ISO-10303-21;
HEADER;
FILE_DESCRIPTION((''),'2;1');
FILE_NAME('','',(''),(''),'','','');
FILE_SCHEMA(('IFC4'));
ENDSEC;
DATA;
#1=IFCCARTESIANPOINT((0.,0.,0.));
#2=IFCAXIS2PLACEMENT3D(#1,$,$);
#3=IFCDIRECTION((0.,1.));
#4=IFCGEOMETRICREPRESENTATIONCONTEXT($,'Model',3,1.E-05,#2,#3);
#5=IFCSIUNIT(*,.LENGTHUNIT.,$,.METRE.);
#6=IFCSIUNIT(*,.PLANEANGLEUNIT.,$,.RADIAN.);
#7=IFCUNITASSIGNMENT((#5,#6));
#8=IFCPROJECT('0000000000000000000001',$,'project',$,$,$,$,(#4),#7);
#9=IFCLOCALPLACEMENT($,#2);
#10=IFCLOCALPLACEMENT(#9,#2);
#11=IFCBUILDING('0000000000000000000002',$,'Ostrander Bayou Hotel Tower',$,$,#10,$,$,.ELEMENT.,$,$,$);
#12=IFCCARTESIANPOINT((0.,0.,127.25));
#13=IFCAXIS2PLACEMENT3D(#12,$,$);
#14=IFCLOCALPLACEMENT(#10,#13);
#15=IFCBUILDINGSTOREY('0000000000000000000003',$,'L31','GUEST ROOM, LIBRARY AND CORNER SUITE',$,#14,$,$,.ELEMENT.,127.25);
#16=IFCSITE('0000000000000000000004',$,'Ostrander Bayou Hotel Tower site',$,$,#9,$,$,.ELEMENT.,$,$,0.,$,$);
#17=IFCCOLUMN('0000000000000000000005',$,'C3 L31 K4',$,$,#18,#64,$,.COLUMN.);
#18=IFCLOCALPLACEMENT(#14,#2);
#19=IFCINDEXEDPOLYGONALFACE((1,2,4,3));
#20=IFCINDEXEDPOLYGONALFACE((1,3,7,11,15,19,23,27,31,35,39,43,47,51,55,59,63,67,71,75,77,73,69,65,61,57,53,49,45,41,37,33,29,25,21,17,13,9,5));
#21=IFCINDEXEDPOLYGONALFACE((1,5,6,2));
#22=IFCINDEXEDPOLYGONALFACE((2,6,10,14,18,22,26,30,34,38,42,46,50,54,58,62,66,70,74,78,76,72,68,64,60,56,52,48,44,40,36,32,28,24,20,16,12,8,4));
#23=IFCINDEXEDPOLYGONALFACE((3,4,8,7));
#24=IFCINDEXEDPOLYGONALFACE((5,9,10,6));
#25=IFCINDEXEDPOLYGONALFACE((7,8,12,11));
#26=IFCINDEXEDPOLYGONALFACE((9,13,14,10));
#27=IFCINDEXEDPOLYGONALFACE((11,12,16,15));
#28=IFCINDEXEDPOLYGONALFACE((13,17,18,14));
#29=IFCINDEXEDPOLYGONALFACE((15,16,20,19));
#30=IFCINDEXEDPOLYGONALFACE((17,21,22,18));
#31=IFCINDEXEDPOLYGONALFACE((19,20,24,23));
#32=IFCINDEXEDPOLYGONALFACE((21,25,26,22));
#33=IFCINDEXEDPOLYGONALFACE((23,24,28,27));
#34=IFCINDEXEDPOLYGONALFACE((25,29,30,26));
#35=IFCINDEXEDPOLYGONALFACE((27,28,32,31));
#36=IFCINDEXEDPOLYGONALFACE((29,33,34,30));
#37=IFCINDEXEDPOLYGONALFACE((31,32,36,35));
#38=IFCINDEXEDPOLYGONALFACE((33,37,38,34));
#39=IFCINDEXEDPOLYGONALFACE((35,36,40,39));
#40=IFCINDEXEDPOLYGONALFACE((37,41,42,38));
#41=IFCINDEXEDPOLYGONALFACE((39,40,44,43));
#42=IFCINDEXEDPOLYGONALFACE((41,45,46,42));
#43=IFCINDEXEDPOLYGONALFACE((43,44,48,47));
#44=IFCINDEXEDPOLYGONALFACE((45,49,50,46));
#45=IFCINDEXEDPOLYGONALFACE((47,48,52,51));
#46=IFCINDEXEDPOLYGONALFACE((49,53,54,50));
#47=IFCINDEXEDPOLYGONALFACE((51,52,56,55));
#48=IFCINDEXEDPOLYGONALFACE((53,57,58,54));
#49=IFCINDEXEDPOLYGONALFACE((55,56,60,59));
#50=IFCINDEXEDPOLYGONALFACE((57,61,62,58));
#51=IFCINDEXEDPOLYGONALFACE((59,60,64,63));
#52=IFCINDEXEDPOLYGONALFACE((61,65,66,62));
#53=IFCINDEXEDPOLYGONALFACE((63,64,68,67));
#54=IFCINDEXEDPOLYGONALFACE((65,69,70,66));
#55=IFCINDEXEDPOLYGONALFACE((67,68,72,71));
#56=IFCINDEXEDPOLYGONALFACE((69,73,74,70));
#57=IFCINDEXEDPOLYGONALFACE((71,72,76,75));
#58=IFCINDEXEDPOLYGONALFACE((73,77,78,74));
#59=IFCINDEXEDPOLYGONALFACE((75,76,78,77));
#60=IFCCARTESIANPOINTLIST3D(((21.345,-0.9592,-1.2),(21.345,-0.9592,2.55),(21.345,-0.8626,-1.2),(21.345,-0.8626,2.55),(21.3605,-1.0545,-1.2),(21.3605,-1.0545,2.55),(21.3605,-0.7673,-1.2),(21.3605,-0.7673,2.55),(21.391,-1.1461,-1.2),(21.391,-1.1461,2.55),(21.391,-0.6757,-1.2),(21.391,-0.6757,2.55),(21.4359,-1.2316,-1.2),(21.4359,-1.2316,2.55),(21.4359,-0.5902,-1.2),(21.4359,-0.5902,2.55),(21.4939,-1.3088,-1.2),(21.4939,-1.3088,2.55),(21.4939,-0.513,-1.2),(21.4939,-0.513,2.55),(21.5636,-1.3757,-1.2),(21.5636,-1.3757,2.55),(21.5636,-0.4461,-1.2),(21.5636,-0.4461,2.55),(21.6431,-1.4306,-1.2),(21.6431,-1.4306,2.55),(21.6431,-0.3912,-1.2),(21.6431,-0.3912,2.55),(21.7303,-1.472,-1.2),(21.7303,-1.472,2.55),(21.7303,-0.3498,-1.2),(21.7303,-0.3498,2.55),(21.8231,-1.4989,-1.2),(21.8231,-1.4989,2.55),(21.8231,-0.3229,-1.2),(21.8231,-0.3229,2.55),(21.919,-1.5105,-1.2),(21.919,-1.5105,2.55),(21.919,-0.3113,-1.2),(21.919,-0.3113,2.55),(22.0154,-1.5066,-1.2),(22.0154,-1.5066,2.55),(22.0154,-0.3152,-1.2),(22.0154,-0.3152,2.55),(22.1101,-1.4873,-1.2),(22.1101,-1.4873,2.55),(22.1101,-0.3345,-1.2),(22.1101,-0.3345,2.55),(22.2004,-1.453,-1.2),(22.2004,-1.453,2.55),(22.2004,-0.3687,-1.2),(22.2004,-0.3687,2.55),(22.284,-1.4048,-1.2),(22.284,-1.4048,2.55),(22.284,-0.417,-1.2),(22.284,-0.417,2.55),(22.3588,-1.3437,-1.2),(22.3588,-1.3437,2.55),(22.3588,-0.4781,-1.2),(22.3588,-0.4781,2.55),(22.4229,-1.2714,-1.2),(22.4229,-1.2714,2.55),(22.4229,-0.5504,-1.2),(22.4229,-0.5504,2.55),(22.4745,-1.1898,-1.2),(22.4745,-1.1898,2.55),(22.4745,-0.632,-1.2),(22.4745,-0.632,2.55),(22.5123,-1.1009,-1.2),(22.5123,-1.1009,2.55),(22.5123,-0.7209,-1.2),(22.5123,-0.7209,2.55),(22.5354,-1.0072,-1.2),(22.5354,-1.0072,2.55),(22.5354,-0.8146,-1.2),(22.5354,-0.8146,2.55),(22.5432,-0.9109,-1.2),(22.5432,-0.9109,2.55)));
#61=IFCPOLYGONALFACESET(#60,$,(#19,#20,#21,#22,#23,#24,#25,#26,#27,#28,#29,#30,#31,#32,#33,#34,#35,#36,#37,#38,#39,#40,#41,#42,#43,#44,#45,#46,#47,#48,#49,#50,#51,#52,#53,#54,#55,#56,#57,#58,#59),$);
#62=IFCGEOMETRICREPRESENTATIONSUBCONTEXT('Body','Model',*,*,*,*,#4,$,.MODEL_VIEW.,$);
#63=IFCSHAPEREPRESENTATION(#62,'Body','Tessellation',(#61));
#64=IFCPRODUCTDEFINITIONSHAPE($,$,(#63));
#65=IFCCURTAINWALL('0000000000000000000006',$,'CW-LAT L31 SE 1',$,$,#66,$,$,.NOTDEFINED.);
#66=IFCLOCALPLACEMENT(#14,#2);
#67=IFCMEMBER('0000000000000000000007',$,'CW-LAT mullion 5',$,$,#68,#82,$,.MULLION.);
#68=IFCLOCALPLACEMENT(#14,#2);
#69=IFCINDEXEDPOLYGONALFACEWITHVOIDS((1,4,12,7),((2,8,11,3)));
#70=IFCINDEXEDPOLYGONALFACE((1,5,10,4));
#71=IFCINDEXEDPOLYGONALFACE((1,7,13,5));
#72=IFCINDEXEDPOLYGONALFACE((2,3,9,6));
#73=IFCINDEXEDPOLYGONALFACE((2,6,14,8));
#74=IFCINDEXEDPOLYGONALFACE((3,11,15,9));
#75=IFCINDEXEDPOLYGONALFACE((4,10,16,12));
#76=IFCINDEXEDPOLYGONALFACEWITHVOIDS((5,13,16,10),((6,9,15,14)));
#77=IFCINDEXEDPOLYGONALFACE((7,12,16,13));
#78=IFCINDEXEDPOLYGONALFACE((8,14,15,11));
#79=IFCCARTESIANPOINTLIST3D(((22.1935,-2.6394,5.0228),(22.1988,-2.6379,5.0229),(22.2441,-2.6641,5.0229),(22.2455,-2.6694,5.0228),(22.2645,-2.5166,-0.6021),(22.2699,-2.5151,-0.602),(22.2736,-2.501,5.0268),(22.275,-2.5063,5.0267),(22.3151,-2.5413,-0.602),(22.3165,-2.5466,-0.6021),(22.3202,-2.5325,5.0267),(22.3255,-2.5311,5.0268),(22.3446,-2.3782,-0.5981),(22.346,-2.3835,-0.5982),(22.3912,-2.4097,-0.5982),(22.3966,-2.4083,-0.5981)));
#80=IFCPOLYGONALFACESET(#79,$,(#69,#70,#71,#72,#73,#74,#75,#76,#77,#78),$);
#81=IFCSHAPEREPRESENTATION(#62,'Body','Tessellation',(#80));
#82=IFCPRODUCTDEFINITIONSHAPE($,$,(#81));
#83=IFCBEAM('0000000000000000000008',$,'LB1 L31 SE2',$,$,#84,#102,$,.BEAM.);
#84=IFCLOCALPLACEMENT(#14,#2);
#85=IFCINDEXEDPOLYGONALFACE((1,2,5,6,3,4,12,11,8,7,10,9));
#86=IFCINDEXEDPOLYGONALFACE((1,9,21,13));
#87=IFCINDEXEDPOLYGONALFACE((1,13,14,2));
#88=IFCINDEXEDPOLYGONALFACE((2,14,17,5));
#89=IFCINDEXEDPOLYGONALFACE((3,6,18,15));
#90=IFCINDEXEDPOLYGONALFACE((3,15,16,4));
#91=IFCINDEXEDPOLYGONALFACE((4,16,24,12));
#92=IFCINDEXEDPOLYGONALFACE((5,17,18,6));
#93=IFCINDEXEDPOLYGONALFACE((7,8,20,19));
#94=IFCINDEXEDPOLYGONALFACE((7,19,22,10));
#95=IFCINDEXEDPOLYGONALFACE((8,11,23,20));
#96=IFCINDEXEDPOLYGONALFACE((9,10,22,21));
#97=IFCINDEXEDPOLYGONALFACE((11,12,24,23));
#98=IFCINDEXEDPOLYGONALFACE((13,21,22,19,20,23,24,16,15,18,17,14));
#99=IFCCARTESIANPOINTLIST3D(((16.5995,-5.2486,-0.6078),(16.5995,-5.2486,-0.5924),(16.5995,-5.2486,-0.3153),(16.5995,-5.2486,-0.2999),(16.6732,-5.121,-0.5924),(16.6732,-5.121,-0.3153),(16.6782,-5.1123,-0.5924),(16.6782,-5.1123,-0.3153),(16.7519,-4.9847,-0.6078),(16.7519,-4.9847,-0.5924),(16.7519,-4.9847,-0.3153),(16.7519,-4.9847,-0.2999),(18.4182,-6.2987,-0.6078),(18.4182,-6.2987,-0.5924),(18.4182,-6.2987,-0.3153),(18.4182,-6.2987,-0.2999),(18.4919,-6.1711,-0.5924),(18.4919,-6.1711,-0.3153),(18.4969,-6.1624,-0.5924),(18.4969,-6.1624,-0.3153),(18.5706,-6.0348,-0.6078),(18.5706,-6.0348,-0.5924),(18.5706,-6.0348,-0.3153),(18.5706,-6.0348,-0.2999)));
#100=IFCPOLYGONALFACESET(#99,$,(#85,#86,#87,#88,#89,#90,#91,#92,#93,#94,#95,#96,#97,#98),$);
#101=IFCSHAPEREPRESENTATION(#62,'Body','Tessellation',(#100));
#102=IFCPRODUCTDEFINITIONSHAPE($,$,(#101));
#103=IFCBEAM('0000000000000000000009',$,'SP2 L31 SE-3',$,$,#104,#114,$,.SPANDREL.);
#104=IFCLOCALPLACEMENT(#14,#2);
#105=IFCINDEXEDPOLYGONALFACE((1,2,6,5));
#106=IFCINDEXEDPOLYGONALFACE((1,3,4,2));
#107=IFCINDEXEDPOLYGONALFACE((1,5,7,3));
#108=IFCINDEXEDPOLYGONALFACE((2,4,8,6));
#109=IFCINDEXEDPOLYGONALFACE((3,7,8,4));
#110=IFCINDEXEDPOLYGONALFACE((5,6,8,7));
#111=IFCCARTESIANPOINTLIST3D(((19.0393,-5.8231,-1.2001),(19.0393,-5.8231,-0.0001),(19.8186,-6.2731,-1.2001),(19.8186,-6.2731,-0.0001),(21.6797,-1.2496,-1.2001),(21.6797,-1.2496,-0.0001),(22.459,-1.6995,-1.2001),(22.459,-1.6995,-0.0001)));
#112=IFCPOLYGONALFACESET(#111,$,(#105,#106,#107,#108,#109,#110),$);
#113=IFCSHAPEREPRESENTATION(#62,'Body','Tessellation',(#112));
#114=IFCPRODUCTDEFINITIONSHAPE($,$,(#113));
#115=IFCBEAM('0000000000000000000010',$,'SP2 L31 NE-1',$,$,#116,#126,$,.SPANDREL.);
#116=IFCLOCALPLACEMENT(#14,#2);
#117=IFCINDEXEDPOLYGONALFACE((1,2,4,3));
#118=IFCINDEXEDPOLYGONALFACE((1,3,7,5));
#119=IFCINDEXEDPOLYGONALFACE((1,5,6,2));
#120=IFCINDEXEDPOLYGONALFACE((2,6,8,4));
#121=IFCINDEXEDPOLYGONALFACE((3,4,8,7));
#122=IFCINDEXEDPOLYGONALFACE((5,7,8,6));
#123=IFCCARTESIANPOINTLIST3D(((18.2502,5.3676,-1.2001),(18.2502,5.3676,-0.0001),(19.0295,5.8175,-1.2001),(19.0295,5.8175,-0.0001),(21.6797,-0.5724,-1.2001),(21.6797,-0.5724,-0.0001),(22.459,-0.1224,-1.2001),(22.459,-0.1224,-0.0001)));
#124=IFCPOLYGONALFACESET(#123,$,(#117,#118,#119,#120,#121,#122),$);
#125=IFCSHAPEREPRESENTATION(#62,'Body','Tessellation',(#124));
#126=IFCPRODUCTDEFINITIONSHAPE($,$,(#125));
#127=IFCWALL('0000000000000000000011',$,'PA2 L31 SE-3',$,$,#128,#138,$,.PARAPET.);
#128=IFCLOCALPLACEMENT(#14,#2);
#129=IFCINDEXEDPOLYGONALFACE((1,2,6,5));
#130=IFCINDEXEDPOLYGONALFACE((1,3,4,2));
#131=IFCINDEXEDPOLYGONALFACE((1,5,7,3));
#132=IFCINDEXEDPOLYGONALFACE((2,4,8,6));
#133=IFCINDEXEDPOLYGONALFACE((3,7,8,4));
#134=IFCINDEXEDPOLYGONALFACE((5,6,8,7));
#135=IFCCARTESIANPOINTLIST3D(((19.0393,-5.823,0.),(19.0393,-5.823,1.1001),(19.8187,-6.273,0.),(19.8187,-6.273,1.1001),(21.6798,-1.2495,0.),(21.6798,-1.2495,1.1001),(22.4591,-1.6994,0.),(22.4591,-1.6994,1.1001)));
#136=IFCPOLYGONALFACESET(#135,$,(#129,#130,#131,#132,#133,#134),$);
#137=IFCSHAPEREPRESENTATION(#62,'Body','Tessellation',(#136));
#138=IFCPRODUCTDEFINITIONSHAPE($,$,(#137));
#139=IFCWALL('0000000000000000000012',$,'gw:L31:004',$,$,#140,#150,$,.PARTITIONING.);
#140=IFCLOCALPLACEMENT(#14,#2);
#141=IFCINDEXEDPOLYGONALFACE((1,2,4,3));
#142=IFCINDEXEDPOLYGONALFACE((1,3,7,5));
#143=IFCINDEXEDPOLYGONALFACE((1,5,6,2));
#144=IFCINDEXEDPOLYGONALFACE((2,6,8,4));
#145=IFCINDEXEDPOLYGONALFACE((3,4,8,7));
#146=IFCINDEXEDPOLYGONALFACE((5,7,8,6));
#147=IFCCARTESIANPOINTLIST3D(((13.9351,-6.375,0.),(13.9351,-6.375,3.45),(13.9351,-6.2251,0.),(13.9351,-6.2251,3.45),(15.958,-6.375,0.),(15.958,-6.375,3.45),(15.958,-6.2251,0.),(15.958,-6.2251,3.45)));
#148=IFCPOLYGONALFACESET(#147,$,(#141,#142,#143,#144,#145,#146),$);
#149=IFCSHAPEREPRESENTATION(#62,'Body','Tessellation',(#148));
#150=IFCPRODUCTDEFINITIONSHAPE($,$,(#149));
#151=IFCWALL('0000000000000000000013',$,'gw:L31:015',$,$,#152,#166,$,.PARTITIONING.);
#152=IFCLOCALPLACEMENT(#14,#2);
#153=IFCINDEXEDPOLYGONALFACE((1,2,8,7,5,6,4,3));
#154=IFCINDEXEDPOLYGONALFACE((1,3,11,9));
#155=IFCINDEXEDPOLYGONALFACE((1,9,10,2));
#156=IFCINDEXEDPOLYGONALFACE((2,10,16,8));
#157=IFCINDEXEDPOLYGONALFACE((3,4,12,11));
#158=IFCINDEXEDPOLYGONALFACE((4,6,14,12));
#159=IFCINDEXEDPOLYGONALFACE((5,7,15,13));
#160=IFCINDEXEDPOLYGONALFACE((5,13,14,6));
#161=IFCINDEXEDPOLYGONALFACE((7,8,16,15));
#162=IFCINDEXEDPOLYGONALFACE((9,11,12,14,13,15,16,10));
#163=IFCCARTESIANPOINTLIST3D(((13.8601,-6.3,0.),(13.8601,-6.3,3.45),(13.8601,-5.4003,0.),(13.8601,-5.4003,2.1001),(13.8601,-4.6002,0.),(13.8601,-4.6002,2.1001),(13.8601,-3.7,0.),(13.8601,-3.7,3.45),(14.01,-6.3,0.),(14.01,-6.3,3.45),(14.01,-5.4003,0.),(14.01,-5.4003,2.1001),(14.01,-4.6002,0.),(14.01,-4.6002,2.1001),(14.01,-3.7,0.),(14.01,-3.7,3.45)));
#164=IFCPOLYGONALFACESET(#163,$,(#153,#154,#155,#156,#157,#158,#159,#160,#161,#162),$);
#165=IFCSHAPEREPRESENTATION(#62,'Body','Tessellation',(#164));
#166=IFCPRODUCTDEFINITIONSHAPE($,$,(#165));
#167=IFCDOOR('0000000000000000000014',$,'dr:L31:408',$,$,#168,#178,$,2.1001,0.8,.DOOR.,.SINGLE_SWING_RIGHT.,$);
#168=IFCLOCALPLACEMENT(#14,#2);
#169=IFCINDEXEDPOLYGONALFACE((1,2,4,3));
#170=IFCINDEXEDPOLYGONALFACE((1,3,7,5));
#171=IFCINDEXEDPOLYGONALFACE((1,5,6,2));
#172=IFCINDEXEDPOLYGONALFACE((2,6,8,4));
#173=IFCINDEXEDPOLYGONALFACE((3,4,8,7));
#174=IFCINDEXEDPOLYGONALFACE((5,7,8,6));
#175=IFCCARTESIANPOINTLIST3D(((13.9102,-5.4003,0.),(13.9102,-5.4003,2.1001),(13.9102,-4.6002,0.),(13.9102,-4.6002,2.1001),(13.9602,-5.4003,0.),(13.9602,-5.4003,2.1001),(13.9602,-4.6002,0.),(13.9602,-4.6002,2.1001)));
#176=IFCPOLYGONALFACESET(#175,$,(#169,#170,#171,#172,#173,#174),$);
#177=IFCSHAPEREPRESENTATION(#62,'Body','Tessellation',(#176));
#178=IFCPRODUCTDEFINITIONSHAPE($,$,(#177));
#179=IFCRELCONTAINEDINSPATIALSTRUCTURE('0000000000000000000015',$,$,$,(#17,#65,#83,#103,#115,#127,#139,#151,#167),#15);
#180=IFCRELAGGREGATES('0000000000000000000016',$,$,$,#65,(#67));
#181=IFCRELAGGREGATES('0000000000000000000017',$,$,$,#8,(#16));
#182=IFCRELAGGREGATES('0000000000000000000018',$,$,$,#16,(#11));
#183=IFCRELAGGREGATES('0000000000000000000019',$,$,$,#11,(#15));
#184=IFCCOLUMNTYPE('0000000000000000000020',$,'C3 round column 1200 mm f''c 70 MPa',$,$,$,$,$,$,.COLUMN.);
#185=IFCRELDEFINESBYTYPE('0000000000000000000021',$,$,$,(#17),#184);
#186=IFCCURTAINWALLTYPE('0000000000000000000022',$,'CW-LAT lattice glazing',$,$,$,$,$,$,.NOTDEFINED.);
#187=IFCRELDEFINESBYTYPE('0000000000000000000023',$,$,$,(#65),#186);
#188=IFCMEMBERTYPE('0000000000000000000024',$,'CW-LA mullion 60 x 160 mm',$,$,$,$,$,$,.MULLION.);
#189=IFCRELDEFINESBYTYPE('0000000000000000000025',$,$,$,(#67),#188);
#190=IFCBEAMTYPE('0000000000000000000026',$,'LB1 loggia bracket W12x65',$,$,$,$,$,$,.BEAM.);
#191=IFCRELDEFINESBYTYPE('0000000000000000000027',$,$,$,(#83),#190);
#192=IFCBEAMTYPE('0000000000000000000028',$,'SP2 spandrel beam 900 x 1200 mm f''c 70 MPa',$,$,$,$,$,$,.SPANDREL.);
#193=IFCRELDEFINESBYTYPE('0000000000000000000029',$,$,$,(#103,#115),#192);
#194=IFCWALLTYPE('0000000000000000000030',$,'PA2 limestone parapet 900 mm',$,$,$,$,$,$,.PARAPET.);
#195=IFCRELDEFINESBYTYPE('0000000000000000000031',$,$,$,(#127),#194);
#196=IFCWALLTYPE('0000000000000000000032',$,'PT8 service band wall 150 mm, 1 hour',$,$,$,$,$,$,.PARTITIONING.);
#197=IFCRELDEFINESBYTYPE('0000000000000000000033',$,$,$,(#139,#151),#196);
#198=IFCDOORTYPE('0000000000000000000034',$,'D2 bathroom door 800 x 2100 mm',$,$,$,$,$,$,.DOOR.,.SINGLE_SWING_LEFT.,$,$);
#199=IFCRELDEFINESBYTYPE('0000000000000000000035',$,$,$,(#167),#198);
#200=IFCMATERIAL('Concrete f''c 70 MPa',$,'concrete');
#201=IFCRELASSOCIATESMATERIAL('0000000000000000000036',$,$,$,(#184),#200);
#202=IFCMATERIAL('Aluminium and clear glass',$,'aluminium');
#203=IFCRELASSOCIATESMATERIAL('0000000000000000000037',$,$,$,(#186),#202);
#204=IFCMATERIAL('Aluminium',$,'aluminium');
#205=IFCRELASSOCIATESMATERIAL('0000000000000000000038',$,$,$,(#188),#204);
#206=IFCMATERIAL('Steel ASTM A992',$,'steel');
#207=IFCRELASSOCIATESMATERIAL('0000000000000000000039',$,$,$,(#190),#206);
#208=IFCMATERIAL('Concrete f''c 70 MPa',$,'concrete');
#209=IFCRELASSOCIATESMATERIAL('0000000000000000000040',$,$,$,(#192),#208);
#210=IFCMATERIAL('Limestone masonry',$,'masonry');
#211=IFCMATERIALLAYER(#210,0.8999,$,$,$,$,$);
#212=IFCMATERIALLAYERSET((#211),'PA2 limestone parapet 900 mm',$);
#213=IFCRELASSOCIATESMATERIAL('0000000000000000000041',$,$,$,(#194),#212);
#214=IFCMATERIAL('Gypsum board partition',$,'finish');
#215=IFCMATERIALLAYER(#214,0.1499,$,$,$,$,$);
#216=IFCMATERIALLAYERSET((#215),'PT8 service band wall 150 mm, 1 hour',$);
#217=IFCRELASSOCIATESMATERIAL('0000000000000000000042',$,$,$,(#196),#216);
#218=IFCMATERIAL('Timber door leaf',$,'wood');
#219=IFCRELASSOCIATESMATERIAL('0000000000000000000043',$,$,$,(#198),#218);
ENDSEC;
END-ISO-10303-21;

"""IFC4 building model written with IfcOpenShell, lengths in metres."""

from ifc_helpers import new_model, si_unit, direction, frame, frame_2d, origin, origin_2d, place, context, subcontext, project, spatial, rectangle, hollow_rectangle, circle, i_section, extrude, material, layer, layer_set, material_profile, profile_set, type_object, element, fill, aggregate, save


model = new_model("IFC4")

# Units and contexts
model_context = context("Model", 3, precision=1e-05, world=origin(), true_north=direction((0.0, 1.0)))
body_context = subcontext(model_context, "Body", "Model", "MODEL_VIEW")
ifc_project = project(units=[si_unit("LENGTHUNIT", "METRE"), si_unit("PLANEANGLEUNIT", "RADIAN")], contexts=[model_context])

# Site, building, storey
site_placement = place(None, origin())
site = spatial("IfcSite", under=ifc_project, at=site_placement, Name="Ostrander Bayou Hotel Tower site", CompositionType="ELEMENT", RefElevation=0.0)
building_placement = place(site_placement, origin())
building = spatial("IfcBuilding", under=site, at=building_placement, Name="Ostrander Bayou Hotel Tower", CompositionType="ELEMENT")
storey_placement = place(building_placement, frame((0.0, 0.0, 127.25)))
storey = spatial("IfcBuildingStorey", under=building, at=storey_placement, Name="L31", Description="GUEST ROOM, LIBRARY AND CORNER SUITE", CompositionType="ELEMENT", Elevation=127.25)

# Column
ifc_material_1 = material(Name="Concrete f'c 70 MPa", Category="concrete")
ifc_material_profile_1 = material_profile(ifc_material_1, circle(Radius=0.6001, at=origin_2d()))
ifc_profile_set_1 = profile_set([ifc_material_profile_1], Name="Concrete f'c 70 MPa")
column_type = type_object("IfcColumnType", Name="C3 round column 1200 mm f'c 70 MPa", PredefinedType="COLUMN", material=ifc_profile_set_1)
column_placement = place(storey_placement, frame((21.9431, -0.9109, -1.2), z_axis=(0.0, 0.0, 1.0), x_axis=(1.0, 0.0, 0.0)))
element("IfcColumn", 1, at=column_placement, inside=storey, type_object=column_type, Name="C3 L31 K4", PredefinedType="COLUMN", context=body_context, shape_type="SweptSolid", body=[
    extrude(circle(Radius=0.6001, at=origin_2d()), origin(), (0.0, 0.0, 1.0), 3.75),
])

# Curtain wall, member
ifc_material_2 = material(Name="Aluminium and clear glass", Category="aluminium")
curtain_wall_type = type_object("IfcCurtainWallType", Name="CW-LAT lattice glazing", PredefinedType="NOTDEFINED", material=ifc_material_2)
curtain_wall_placement = place(storey_placement, origin())
curtain_wall = element("IfcCurtainWall", 2, at=curtain_wall_placement, inside=storey, type_object=curtain_wall_type, Name="CW-LAT L31 SE 1", PredefinedType="NOTDEFINED")
ifc_material_3 = material(Name="Aluminium", Category="aluminium")
ifc_material_profile_2 = material_profile(ifc_material_3, hollow_rectangle(XDim=0.0601, YDim=0.1599, WallThickness=0.0039, at=origin_2d()))
ifc_profile_set_2 = profile_set([ifc_material_profile_2], Name="Aluminium")
member_type = type_object("IfcMemberType", Name="CW-LA mullion 60 x 160 mm", PredefinedType="MULLION", material=ifc_profile_set_2)
member_placement = place(storey_placement, frame((22.3306, -2.4624, -0.6001), z_axis=(-0.012626, -0.021825, 0.999682), x_axis=(0.865583, -0.500765, 0.0)))
member = element("IfcMember", 3, at=member_placement, type_object=member_type, Name="CW-LAT mullion 5", PredefinedType="MULLION", context=body_context, shape_type="SweptSolid", body=[
    extrude(hollow_rectangle(XDim=0.0601, YDim=0.1599, WallThickness=0.0039, at=origin_2d()), origin(), (0.0, 0.0, 1.0), 5.6267),
])
aggregate(curtain_wall, [member])

# Beams
ifc_material_4 = material(Name="Steel ASTM A992", Category="steel")
ifc_material_profile_3 = material_profile(ifc_material_4, i_section(OverallWidth=0.3047, OverallDepth=0.3079, WebThickness=0.01, FlangeThickness=0.0154, at=origin_2d()))
ifc_profile_set_3 = profile_set([ifc_material_profile_3], Name="Steel ASTM A992")
beam_type_1 = type_object("IfcBeamType", Name="LB1 loggia bracket W12x65", PredefinedType="BEAM", material=ifc_profile_set_3)
beam_1_placement = place(storey_placement, frame((18.4944, -6.1667, -0.4539), z_axis=(-0.866009, 0.500028, 0.0), x_axis=(-0.500028, -0.866009, 0.0)))
element("IfcBeam", 4, at=beam_1_placement, inside=storey, type_object=beam_type_1, Name="LB1 L31 SE2", PredefinedType="BEAM", context=body_context, shape_type="SweptSolid", body=[
    extrude(i_section(OverallWidth=0.3047, OverallDepth=0.3079, WebThickness=0.01, FlangeThickness=0.0154, at=origin_2d()), origin(), (0.0, 0.0, 1.0), 2.1001),
])
ifc_material_5 = material(Name="Concrete f'c 70 MPa", Category="concrete")
ifc_material_profile_4 = material_profile(ifc_material_5, rectangle(XDim=0.8999, YDim=1.2, at=origin_2d()))
ifc_profile_set_4 = profile_set([ifc_material_profile_4], Name="Concrete f'c 70 MPa")
beam_type_2 = type_object("IfcBeamType", Name="SP2 spandrel beam 900 x 1200 mm f'c 70 MPa", PredefinedType="SPANDREL", material=ifc_profile_set_4)
beam_2_placement = place(storey_placement, frame((19.429, -6.0481, -0.6001), z_axis=(0.499983, 0.866035, 0.0), x_axis=(-0.866035, 0.499983, 0.0)))
element("IfcBeam", 5, at=beam_2_placement, inside=storey, type_object=beam_type_2, Name="SP2 L31 SE-3", PredefinedType="SPANDREL", context=body_context, shape_type="SweptSolid", body=[
    extrude(rectangle(XDim=0.8999, YDim=1.2, at=origin_2d()), origin(), (0.0, 0.0, 1.0), 5.281),
])
beam_3_placement = place(storey_placement, frame((22.0693, -0.3474, -0.6001), z_axis=(-0.500002, 0.866024, 0.0), x_axis=(-0.866024, -0.500002, 0.0)))
element("IfcBeam", 6, at=beam_3_placement, inside=storey, type_object=beam_type_2, Name="SP2 L31 NE-1", PredefinedType="SPANDREL", context=body_context, shape_type="SweptSolid", body=[
    extrude(rectangle(XDim=0.8999, YDim=1.2, at=origin_2d()), origin(), (0.0, 0.0, 1.0), 6.8589),
])

# Walls
ifc_material_6 = material(Name="Limestone masonry", Category="masonry")
ifc_layer_1 = layer(ifc_material_6, 0.8999)
ifc_layer_set_1 = layer_set([ifc_layer_1], Name="PA2 limestone parapet 900 mm")
wall_type_1 = type_object("IfcWallType", Name="PA2 limestone parapet 900 mm", PredefinedType="PARAPET", material=ifc_layer_set_1)
wall_1_placement = place(storey_placement, frame((19.429, -6.0481, 0.0), z_axis=(0.0, 0.0, 1.0), x_axis=(0.499983, 0.866035, 0.0)))
element("IfcWall", 7, at=wall_1_placement, inside=storey, type_object=wall_type_1, Name="PA2 L31 SE-3", PredefinedType="PARAPET", context=body_context, shape_type="SweptSolid", body=[
    extrude(rectangle(XDim=5.281, YDim=0.8999, at=frame_2d((2.6406, 0.0))), origin(), (0.0, 0.0, 1.0), 1.1001),
])
ifc_material_7 = material(Name="Gypsum board partition", Category="finish")
ifc_layer_2 = layer(ifc_material_7, 0.1499)
ifc_layer_set_2 = layer_set([ifc_layer_2], Name="PT8 service band wall 150 mm, 1 hour")
wall_type_2 = type_object("IfcWallType", Name="PT8 service band wall 150 mm, 1 hour", PredefinedType="PARTITIONING", material=ifc_layer_set_2)
wall_2_placement = place(storey_placement, frame((13.9351, -6.3, 0.0), z_axis=(0.0, 0.0, 1.0), x_axis=(1.0, 0.0, 0.0)))
element("IfcWall", 8, at=wall_2_placement, inside=storey, type_object=wall_type_2, Name="gw:L31:004", PredefinedType="PARTITIONING", context=body_context, shape_type="SweptSolid", body=[
    extrude(rectangle(XDim=2.0229, YDim=0.1499, at=frame_2d((1.0115, 0.0))), origin(), (0.0, 0.0, 1.0), 3.45),
])

# Wall, opening, door
wall_3_placement = place(storey_placement, frame((13.9351, -6.3, 0.0), z_axis=(0.0, 0.0, 1.0), x_axis=(0.0, 1.0, 0.0)))
wall_3 = element("IfcWall", 9, at=wall_3_placement, inside=storey, type_object=wall_type_2, Name="gw:L31:015", PredefinedType="PARTITIONING", context=body_context, shape_type="SweptSolid", body=[
    extrude(rectangle(XDim=2.6001, YDim=0.1499, at=frame_2d((1.3, 0.0))), origin(), (0.0, 0.0, 1.0), 3.45),
])
opening_placement = place(wall_3_placement, frame((0.8999, 0.0, 0.0)))
opening = element("IfcOpeningElement", 10, at=opening_placement, cuts=wall_3, PredefinedType="OPENING", context=body_context, shape_type="SweptSolid", body=[
    extrude(rectangle(XDim=0.8, YDim=2.1001, at=frame_2d((0.3999, 1.05))), frame((0.0, 0.075, 0.0), z_axis=(0.0, -1.0, 0.0), x_axis=(1.0, 0.0, 0.0)), (0.0, 0.0, 1.0), 0.1499),
])
ifc_material_8 = material(Name="Timber door leaf", Category="wood")
door_type = type_object("IfcDoorType", Name="D2 bathroom door 800 x 2100 mm", OperationType="SINGLE_SWING_LEFT", PredefinedType="DOOR", material=ifc_material_8)
door_placement = place(opening_placement, origin())
door = element("IfcDoor", 11, at=door_placement, inside=storey, type_object=door_type, Name="dr:L31:408", OperationType="SINGLE_SWING_RIGHT", OverallHeight=2.1001, OverallWidth=0.8, PredefinedType="DOOR", context=body_context, shape_type="SweptSolid", body=[
    extrude(rectangle(XDim=0.8, YDim=2.1001, at=frame_2d((0.3999, 1.05))), frame((0.0, 0.0249, 0.0), z_axis=(0.0, -1.0, 0.0), x_axis=(1.0, 0.0, 0.0)), (0.0, 0.0, 1.0), 0.05),
])
fill(opening, door)

save(model, "model.ifc")
